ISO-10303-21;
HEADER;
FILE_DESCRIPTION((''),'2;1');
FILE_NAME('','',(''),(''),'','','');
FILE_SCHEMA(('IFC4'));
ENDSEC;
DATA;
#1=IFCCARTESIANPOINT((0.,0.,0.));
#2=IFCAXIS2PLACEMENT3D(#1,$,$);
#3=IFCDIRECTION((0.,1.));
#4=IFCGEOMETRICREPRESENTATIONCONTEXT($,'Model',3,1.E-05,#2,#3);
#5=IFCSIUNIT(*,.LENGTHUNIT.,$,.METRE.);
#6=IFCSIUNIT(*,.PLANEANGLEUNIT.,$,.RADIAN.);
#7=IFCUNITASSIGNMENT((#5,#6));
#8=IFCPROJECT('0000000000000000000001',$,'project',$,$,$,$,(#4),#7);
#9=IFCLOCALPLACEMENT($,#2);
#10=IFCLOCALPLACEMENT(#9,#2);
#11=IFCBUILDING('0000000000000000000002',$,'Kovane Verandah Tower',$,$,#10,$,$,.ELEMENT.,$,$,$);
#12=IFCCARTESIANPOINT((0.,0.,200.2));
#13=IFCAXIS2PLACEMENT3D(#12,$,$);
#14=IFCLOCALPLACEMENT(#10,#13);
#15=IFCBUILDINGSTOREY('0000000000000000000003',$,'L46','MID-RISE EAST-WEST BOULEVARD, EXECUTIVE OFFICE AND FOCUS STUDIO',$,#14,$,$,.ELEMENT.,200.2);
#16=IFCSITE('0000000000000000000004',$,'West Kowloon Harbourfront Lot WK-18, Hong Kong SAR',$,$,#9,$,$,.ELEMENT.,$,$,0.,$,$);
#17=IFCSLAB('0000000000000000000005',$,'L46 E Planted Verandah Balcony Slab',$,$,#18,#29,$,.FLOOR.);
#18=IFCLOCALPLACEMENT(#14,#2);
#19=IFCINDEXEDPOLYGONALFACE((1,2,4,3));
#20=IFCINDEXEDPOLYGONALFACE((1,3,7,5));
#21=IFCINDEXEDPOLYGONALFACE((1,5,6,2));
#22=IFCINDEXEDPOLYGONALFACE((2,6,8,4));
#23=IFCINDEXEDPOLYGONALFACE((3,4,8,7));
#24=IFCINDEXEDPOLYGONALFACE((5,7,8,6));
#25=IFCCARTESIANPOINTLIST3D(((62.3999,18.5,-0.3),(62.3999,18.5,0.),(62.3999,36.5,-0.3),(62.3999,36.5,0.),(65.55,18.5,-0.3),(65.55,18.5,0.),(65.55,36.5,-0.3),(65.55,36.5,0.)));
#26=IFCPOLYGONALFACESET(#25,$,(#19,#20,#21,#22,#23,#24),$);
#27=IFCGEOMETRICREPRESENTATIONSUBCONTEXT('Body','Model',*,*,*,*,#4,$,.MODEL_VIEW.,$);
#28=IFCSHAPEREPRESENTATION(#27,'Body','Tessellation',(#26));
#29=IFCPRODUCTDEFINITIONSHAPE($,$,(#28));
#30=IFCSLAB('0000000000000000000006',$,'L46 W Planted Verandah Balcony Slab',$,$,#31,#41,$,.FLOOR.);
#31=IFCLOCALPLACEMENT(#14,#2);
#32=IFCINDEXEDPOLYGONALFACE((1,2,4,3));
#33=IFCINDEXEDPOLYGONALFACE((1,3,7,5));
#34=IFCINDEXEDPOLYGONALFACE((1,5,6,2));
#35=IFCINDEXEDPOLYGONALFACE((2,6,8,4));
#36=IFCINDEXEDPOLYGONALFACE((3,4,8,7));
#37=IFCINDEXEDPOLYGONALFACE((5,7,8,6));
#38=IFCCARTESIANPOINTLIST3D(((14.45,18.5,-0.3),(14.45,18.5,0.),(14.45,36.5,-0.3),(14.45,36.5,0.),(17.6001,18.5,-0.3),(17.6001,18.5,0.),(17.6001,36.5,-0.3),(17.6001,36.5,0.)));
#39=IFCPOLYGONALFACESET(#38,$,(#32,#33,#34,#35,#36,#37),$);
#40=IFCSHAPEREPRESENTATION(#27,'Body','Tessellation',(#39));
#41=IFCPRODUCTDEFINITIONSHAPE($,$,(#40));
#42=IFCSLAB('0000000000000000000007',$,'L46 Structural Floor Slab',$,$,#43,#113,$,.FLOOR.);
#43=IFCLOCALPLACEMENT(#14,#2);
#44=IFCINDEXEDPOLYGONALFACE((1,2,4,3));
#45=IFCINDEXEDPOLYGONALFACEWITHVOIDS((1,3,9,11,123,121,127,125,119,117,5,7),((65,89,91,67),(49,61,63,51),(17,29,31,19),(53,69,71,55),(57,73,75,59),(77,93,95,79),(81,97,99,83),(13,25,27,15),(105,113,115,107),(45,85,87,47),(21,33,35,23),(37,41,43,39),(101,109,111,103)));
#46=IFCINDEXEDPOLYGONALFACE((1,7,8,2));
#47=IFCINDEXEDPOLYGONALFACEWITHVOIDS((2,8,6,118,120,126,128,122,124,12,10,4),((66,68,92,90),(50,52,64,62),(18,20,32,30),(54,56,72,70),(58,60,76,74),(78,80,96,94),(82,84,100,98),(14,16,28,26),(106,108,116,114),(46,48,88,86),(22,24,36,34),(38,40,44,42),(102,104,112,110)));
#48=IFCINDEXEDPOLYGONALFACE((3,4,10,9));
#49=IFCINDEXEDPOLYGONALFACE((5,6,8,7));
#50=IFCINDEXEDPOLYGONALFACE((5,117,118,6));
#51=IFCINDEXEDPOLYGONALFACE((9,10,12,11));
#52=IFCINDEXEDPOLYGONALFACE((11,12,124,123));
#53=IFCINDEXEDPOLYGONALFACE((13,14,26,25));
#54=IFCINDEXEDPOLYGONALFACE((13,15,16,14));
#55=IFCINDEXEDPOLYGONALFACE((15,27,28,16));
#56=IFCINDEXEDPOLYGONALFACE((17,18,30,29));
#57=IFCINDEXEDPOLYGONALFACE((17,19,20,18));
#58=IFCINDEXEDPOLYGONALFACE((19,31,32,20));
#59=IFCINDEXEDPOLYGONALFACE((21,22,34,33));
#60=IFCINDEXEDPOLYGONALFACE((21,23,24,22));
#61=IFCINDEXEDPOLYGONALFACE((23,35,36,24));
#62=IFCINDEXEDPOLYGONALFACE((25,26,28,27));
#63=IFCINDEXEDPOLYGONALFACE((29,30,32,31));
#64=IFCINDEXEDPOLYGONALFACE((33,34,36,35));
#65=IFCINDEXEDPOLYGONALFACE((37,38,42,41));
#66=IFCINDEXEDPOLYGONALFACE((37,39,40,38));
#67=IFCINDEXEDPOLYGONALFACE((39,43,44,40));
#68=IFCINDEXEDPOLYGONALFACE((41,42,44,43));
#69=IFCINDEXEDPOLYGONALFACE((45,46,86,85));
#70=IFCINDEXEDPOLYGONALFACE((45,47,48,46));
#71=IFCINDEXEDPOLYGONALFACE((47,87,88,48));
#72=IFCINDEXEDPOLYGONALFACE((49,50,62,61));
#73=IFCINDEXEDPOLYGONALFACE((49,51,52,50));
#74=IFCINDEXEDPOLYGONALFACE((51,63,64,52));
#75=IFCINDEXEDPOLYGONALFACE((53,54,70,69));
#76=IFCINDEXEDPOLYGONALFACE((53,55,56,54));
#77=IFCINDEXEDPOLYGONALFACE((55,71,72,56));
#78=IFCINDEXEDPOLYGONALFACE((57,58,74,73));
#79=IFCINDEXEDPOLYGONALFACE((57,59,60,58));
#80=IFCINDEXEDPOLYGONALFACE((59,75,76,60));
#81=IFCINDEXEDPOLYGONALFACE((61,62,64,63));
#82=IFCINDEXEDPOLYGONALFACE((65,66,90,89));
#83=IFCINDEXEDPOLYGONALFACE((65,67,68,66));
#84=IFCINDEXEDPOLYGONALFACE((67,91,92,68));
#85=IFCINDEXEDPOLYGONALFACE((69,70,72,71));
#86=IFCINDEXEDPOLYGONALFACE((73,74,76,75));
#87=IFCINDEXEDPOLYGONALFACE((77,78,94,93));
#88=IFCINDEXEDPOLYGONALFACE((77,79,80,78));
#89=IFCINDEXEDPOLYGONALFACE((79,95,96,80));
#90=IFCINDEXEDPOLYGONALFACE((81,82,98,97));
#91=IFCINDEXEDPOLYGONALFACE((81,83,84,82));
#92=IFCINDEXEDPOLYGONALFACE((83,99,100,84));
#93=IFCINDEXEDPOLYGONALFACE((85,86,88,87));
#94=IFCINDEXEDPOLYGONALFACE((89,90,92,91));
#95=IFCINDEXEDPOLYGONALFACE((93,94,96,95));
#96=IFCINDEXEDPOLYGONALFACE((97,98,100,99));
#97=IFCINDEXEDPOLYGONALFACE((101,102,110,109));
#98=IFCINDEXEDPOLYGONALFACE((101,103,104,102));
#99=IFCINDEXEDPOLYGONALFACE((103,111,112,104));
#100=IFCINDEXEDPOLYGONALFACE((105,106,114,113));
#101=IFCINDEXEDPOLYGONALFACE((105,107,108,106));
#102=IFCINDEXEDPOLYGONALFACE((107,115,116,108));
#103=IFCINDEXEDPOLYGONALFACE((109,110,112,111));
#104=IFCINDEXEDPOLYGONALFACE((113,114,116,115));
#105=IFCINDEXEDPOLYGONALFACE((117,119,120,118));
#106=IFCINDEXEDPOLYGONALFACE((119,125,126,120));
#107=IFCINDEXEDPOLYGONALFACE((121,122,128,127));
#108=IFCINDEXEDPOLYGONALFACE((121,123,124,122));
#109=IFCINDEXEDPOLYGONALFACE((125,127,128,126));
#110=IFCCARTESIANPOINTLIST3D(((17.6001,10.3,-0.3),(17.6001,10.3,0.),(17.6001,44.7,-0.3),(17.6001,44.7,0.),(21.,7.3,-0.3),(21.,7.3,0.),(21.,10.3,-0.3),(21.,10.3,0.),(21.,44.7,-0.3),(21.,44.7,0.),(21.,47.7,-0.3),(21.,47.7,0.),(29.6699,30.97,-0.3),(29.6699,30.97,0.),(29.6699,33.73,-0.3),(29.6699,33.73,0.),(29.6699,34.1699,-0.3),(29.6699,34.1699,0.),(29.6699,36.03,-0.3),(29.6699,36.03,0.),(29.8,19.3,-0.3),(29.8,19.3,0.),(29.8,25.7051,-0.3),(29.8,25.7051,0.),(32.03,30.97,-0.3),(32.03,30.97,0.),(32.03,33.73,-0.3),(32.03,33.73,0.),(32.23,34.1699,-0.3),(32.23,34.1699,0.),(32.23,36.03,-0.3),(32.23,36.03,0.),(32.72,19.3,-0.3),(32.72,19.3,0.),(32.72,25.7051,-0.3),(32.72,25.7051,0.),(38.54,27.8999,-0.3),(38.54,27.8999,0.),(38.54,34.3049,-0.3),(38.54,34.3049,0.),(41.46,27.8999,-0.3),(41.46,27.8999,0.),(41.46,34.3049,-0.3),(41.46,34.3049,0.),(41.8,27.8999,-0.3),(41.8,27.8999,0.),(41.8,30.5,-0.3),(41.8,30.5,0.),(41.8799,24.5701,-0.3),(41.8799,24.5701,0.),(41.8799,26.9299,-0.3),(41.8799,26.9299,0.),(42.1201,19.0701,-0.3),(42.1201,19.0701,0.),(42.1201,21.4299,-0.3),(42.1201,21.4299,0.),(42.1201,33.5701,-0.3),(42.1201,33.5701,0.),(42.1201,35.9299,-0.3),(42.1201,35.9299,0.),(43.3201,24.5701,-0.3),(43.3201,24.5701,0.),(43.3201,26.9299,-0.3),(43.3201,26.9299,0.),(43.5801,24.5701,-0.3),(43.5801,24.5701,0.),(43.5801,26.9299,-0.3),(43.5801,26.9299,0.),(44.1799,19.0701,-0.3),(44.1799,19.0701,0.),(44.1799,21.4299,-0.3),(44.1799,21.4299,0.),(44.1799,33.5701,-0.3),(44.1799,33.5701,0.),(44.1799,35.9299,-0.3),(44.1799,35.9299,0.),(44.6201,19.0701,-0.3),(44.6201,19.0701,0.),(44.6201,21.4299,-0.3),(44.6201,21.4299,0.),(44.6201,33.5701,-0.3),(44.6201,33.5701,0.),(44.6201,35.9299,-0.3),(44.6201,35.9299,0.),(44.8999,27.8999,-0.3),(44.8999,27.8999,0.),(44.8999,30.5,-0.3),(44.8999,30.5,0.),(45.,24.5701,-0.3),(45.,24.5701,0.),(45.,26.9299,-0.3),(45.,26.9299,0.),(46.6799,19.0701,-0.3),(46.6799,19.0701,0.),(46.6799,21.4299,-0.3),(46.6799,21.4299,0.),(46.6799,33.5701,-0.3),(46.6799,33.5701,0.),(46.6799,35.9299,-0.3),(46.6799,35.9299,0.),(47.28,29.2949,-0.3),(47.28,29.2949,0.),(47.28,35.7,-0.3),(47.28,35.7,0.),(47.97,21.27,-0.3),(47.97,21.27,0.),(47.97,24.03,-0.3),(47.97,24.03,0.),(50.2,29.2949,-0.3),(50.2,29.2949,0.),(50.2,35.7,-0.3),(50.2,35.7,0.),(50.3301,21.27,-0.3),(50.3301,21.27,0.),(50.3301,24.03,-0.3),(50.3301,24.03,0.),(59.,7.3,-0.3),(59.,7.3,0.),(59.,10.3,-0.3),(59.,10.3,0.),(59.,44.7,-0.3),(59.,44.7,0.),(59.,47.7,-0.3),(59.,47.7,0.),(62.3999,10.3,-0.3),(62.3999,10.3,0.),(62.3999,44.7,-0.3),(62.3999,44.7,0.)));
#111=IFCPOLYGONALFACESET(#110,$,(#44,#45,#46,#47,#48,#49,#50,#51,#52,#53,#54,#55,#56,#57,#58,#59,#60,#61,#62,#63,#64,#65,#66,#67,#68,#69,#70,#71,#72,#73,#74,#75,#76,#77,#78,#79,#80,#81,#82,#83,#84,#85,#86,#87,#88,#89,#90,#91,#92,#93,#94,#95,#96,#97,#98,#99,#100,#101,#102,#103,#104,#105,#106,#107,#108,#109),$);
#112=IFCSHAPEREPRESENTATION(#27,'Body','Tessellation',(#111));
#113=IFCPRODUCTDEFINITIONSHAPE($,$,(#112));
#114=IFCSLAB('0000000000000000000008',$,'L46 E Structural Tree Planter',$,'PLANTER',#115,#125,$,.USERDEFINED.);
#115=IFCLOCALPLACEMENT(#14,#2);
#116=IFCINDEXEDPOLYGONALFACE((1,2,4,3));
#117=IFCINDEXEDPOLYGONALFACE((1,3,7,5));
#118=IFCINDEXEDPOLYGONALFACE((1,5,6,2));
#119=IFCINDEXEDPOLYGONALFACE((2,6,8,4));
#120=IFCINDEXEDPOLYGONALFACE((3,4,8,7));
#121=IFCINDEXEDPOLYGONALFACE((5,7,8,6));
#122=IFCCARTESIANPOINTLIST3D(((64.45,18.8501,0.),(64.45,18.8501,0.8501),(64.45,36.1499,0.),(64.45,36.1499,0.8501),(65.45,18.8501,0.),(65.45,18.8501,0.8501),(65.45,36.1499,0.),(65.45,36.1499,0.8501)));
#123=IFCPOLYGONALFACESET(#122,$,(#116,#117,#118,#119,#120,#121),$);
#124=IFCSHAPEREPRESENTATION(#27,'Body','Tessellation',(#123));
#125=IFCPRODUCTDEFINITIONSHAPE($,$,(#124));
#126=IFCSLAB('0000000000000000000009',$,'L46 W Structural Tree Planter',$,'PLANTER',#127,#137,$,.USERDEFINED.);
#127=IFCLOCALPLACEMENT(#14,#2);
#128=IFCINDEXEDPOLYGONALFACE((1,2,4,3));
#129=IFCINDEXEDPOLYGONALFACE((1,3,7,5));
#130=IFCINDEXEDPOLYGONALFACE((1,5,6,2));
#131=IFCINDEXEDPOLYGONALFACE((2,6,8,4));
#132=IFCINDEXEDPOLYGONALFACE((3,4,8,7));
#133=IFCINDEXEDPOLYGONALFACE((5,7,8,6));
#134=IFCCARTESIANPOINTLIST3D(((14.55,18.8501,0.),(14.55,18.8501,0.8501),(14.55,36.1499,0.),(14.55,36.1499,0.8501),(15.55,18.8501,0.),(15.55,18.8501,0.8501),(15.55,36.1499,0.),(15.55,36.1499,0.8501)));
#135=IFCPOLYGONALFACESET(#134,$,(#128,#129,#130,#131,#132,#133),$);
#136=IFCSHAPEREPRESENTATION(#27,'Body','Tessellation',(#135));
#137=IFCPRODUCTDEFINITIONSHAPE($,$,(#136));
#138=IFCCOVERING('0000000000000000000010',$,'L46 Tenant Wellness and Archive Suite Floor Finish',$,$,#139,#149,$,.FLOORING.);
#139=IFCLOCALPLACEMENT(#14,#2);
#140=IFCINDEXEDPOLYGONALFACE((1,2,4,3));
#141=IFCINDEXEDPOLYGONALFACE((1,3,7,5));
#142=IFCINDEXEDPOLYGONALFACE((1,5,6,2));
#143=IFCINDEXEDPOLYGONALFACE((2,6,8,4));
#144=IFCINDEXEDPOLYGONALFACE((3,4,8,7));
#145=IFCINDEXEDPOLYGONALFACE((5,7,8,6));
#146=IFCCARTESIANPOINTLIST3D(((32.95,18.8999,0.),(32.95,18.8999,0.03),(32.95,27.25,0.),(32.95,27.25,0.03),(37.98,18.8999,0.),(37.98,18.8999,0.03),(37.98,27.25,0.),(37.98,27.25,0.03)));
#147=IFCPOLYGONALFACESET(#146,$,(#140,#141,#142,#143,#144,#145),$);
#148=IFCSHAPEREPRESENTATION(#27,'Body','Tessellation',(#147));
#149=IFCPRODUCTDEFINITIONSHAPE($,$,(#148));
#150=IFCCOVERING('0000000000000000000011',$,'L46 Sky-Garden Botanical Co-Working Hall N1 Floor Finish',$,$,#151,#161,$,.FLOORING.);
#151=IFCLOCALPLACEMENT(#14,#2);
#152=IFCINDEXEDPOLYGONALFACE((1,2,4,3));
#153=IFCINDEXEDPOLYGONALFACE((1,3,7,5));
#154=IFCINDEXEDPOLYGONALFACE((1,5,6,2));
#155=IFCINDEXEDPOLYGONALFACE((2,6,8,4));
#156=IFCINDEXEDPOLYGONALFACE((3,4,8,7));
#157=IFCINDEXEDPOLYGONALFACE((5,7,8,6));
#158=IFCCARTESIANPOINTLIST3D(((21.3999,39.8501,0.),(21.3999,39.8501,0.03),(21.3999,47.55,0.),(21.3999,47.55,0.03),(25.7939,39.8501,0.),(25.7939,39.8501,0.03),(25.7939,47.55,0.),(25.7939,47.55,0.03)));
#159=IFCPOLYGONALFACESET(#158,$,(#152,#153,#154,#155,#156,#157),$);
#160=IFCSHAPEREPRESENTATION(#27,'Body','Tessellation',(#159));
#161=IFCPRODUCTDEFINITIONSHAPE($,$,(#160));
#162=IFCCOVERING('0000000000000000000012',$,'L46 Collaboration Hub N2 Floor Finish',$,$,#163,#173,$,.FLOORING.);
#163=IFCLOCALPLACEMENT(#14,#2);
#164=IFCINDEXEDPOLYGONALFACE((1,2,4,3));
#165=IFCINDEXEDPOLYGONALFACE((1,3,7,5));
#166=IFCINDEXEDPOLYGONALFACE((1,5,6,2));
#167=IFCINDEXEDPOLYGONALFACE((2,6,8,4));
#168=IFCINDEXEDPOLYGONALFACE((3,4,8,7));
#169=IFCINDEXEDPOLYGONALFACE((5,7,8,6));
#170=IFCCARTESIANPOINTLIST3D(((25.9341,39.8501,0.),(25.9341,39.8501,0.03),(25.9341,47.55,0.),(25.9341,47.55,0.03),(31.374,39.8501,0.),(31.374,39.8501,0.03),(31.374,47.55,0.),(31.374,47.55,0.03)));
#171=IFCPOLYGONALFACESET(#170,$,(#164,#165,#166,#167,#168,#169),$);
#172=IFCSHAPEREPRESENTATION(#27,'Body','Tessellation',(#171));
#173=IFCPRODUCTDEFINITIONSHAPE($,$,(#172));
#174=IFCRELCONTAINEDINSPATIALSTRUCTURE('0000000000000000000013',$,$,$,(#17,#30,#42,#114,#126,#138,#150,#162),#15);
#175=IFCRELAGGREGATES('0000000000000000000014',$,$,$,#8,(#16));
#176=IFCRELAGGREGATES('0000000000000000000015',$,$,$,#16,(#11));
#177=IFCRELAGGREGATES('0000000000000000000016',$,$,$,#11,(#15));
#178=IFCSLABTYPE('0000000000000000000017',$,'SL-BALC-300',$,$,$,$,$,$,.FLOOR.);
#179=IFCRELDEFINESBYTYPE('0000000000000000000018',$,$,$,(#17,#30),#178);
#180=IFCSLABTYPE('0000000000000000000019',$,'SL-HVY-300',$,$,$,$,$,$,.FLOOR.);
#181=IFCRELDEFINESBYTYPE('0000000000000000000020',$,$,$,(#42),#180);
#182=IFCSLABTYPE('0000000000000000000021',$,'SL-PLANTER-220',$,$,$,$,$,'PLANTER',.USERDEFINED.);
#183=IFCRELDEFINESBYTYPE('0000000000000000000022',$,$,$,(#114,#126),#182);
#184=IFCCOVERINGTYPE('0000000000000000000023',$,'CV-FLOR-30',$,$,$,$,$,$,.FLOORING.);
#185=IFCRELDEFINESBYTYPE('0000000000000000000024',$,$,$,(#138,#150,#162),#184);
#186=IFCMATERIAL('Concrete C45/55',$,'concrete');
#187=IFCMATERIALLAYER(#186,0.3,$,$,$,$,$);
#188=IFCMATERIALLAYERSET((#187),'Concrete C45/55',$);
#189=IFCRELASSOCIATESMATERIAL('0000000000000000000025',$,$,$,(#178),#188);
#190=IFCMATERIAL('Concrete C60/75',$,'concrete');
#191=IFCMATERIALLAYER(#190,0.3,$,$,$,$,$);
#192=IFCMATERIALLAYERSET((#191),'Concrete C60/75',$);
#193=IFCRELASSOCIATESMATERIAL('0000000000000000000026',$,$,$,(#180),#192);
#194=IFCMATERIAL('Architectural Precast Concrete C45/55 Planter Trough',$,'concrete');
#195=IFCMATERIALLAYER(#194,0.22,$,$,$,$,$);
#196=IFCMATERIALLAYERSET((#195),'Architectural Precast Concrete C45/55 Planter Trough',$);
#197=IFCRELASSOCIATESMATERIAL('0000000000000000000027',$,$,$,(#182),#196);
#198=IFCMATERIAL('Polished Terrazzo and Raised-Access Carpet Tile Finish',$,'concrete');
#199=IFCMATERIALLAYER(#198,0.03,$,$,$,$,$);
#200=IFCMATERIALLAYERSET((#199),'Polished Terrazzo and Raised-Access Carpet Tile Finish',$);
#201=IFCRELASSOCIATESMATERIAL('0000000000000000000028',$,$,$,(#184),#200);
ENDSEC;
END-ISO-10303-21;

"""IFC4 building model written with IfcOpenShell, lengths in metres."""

from ifc_helpers import new_model, si_unit, direction, frame, origin, place, context, subcontext, project, spatial, polyline, outline, extrude, material, layer, layer_set, type_object, element, save


model = new_model("IFC4")

# Units and contexts
model_context = context("Model", 3, precision=1e-05, world=origin(), true_north=direction((0.0, 1.0)))
body_context = subcontext(model_context, "Body", "Model", "MODEL_VIEW")
ifc_project = project(units=[si_unit("LENGTHUNIT", "METRE"), si_unit("PLANEANGLEUNIT", "RADIAN")], contexts=[model_context])

# Site, building, storey
site_placement = place(None, origin())
site = spatial("IfcSite", under=ifc_project, at=site_placement, Name="West Kowloon Harbourfront Lot WK-18, Hong Kong SAR", CompositionType="ELEMENT", RefElevation=0.0)
building_placement = place(site_placement, origin())
building = spatial("IfcBuilding", under=site, at=building_placement, Name="Kovane Verandah Tower", CompositionType="ELEMENT")
storey_placement = place(building_placement, frame((0.0, 0.0, 200.2)))
storey = spatial("IfcBuildingStorey", under=building, at=storey_placement, Name="L46", Description="MID-RISE EAST-WEST BOULEVARD, EXECUTIVE OFFICE AND FOCUS STUDIO", CompositionType="ELEMENT", Elevation=200.2)

# Slabs
ifc_material_1 = material(Name="Concrete C45/55", Category="concrete")
ifc_layer_1 = layer(ifc_material_1, 0.3)
ifc_layer_set_1 = layer_set([ifc_layer_1], Name="Concrete C45/55")
slab_type_1 = type_object("IfcSlabType", Name="SL-BALC-300", PredefinedType="FLOOR", material=ifc_layer_set_1)
slab_1_placement = place(storey_placement, frame((0.0, 0.0, -0.3)))
element("IfcSlab", 1, at=slab_1_placement, inside=storey, type_object=slab_type_1, Name="L46 E Planted Verandah Balcony Slab", PredefinedType="FLOOR", context=body_context, shape_type="SweptSolid", body=[
    extrude(outline(polyline([(62.3999, 18.5), (65.55, 18.5), (65.55, 36.5), (62.3999, 36.5), (62.3999, 18.5)])), origin(), (0.0, 0.0, 1.0), 0.3),
])
slab_2_placement = place(storey_placement, frame((0.0, 0.0, -0.3)))
element("IfcSlab", 2, at=slab_2_placement, inside=storey, type_object=slab_type_1, Name="L46 W Planted Verandah Balcony Slab", PredefinedType="FLOOR", context=body_context, shape_type="SweptSolid", body=[
    extrude(outline(polyline([(14.45, 18.5), (17.6001, 18.5), (17.6001, 36.5), (14.45, 36.5), (14.45, 18.5)])), origin(), (0.0, 0.0, 1.0), 0.3),
])
ifc_material_2 = material(Name="Concrete C60/75", Category="concrete")
ifc_layer_2 = layer(ifc_material_2, 0.3)
ifc_layer_set_2 = layer_set([ifc_layer_2], Name="Concrete C60/75")
slab_type_2 = type_object("IfcSlabType", Name="SL-HVY-300", PredefinedType="FLOOR", material=ifc_layer_set_2)
slab_3_placement = place(storey_placement, frame((0.0, 0.0, -0.3)))
element("IfcSlab", 3, at=slab_3_placement, inside=storey, type_object=slab_type_2, Name="L46 Structural Floor Slab", PredefinedType="FLOOR", context=body_context, shape_type="SweptSolid", body=[
    extrude(outline(polyline([(21.0, 7.3), (59.0, 7.3), (59.0, 10.3), (62.3999, 10.3), (62.3999, 44.7), (59.0, 44.7), (59.0, 47.7), (21.0, 47.7), (21.0, 44.7), (17.6001, 44.7), (17.6001, 10.3), (21.0, 10.3), (21.0, 7.3)]), holes=[polyline([(29.8, 19.3), (32.72, 19.3), (32.72, 25.7051), (29.8, 25.7051), (29.8, 19.3)]), polyline([(47.28, 29.2949), (50.2, 29.2949), (50.2, 35.7), (47.28, 35.7), (47.28, 29.2949)]), polyline([(38.54, 27.8999), (41.46, 27.8999), (41.46, 34.3049), (38.54, 34.3049), (38.54, 27.8999)]), polyline([(29.6699, 30.97), (32.03, 30.97), (32.03, 33.73), (29.6699, 33.73), (29.6699, 30.97)]), polyline([(47.97, 21.27), (50.3301, 21.27), (50.3301, 24.03), (47.97, 24.03), (47.97, 21.27)]), polyline([(29.6699, 34.1699), (32.23, 34.1699), (32.23, 36.03), (29.6699, 36.03), (29.6699, 34.1699)]), polyline([(42.1201, 19.0701), (44.1799, 19.0701), (44.1799, 21.4299), (42.1201, 21.4299), (42.1201, 19.0701)]), polyline([(44.6201, 19.0701), (46.6799, 19.0701), (46.6799, 21.4299), (44.6201, 21.4299), (44.6201, 19.0701)]), polyline([(41.8799, 24.5701), (43.3201, 24.5701), (43.3201, 26.9299), (41.8799, 26.9299), (41.8799, 24.5701)]), polyline([(43.5801, 24.5701), (45.0, 24.5701), (45.0, 26.9299), (43.5801, 26.9299), (43.5801, 24.5701)]), polyline([(42.1201, 33.5701), (44.1799, 33.5701), (44.1799, 35.9299), (42.1201, 35.9299), (42.1201, 33.5701)]), polyline([(44.6201, 33.5701), (46.6799, 33.5701), (46.6799, 35.9299), (44.6201, 35.9299), (44.6201, 33.5701)]), polyline([(41.8, 27.8999), (44.8999, 27.8999), (44.8999, 30.5), (41.8, 30.5), (41.8, 27.8999)])]), origin(), (0.0, 0.0, 1.0), 0.3),
])
ifc_material_3 = material(Name="Architectural Precast Concrete C45/55 Planter Trough", Category="concrete")
ifc_layer_3 = layer(ifc_material_3, 0.22)
ifc_layer_set_3 = layer_set([ifc_layer_3], Name="Architectural Precast Concrete C45/55 Planter Trough")
slab_type_3 = type_object("IfcSlabType", Name="SL-PLANTER-220", ElementType="PLANTER", PredefinedType="USERDEFINED", material=ifc_layer_set_3)
slab_4_placement = place(storey_placement, origin())
element("IfcSlab", 4, at=slab_4_placement, inside=storey, type_object=slab_type_3, Name="L46 E Structural Tree Planter", ObjectType="PLANTER", PredefinedType="USERDEFINED", context=body_context, shape_type="SweptSolid", body=[
    extrude(outline(polyline([(64.45, 18.8501), (65.45, 18.8501), (65.45, 36.1499), (64.45, 36.1499), (64.45, 18.8501)])), origin(), (0.0, 0.0, 1.0), 0.8501),
])
slab_5_placement = place(storey_placement, origin())
element("IfcSlab", 5, at=slab_5_placement, inside=storey, type_object=slab_type_3, Name="L46 W Structural Tree Planter", ObjectType="PLANTER", PredefinedType="USERDEFINED", context=body_context, shape_type="SweptSolid", body=[
    extrude(outline(polyline([(14.55, 18.8501), (15.55, 18.8501), (15.55, 36.1499), (14.55, 36.1499), (14.55, 18.8501)])), origin(), (0.0, 0.0, 1.0), 0.8501),
])

# Coverings
ifc_material_4 = material(Name="Polished Terrazzo and Raised-Access Carpet Tile Finish", Category="concrete")
ifc_layer_4 = layer(ifc_material_4, 0.03)
ifc_layer_set_4 = layer_set([ifc_layer_4], Name="Polished Terrazzo and Raised-Access Carpet Tile Finish")
covering_type = type_object("IfcCoveringType", Name="CV-FLOR-30", PredefinedType="FLOORING", material=ifc_layer_set_4)
covering_1_placement = place(storey_placement, origin())
element("IfcCovering", 6, at=covering_1_placement, inside=storey, type_object=covering_type, Name="L46 Tenant Wellness and Archive Suite Floor Finish", PredefinedType="FLOORING", context=body_context, shape_type="SweptSolid", body=[
    extrude(outline(polyline([(32.95, 18.8999), (37.98, 18.8999), (37.98, 27.25), (32.95, 27.25), (32.95, 18.8999)])), origin(), (0.0, 0.0, 1.0), 0.03),
])
covering_2_placement = place(storey_placement, origin())
element("IfcCovering", 7, at=covering_2_placement, inside=storey, type_object=covering_type, Name="L46 Sky-Garden Botanical Co-Working Hall N1 Floor Finish", PredefinedType="FLOORING", context=body_context, shape_type="SweptSolid", body=[
    extrude(outline(polyline([(21.3999, 39.8501), (25.7939, 39.8501), (25.7939, 47.55), (21.3999, 47.55), (21.3999, 39.8501)])), origin(), (0.0, 0.0, 1.0), 0.03),
])
covering_3_placement = place(storey_placement, origin())
element("IfcCovering", 8, at=covering_3_placement, inside=storey, type_object=covering_type, Name="L46 Collaboration Hub N2 Floor Finish", PredefinedType="FLOORING", context=body_context, shape_type="SweptSolid", body=[
    extrude(outline(polyline([(25.9341, 39.8501), (31.374, 39.8501), (31.374, 47.55), (25.9341, 47.55), (25.9341, 39.8501)])), origin(), (0.0, 0.0, 1.0), 0.03),
])

save(model, "model.ifc")
